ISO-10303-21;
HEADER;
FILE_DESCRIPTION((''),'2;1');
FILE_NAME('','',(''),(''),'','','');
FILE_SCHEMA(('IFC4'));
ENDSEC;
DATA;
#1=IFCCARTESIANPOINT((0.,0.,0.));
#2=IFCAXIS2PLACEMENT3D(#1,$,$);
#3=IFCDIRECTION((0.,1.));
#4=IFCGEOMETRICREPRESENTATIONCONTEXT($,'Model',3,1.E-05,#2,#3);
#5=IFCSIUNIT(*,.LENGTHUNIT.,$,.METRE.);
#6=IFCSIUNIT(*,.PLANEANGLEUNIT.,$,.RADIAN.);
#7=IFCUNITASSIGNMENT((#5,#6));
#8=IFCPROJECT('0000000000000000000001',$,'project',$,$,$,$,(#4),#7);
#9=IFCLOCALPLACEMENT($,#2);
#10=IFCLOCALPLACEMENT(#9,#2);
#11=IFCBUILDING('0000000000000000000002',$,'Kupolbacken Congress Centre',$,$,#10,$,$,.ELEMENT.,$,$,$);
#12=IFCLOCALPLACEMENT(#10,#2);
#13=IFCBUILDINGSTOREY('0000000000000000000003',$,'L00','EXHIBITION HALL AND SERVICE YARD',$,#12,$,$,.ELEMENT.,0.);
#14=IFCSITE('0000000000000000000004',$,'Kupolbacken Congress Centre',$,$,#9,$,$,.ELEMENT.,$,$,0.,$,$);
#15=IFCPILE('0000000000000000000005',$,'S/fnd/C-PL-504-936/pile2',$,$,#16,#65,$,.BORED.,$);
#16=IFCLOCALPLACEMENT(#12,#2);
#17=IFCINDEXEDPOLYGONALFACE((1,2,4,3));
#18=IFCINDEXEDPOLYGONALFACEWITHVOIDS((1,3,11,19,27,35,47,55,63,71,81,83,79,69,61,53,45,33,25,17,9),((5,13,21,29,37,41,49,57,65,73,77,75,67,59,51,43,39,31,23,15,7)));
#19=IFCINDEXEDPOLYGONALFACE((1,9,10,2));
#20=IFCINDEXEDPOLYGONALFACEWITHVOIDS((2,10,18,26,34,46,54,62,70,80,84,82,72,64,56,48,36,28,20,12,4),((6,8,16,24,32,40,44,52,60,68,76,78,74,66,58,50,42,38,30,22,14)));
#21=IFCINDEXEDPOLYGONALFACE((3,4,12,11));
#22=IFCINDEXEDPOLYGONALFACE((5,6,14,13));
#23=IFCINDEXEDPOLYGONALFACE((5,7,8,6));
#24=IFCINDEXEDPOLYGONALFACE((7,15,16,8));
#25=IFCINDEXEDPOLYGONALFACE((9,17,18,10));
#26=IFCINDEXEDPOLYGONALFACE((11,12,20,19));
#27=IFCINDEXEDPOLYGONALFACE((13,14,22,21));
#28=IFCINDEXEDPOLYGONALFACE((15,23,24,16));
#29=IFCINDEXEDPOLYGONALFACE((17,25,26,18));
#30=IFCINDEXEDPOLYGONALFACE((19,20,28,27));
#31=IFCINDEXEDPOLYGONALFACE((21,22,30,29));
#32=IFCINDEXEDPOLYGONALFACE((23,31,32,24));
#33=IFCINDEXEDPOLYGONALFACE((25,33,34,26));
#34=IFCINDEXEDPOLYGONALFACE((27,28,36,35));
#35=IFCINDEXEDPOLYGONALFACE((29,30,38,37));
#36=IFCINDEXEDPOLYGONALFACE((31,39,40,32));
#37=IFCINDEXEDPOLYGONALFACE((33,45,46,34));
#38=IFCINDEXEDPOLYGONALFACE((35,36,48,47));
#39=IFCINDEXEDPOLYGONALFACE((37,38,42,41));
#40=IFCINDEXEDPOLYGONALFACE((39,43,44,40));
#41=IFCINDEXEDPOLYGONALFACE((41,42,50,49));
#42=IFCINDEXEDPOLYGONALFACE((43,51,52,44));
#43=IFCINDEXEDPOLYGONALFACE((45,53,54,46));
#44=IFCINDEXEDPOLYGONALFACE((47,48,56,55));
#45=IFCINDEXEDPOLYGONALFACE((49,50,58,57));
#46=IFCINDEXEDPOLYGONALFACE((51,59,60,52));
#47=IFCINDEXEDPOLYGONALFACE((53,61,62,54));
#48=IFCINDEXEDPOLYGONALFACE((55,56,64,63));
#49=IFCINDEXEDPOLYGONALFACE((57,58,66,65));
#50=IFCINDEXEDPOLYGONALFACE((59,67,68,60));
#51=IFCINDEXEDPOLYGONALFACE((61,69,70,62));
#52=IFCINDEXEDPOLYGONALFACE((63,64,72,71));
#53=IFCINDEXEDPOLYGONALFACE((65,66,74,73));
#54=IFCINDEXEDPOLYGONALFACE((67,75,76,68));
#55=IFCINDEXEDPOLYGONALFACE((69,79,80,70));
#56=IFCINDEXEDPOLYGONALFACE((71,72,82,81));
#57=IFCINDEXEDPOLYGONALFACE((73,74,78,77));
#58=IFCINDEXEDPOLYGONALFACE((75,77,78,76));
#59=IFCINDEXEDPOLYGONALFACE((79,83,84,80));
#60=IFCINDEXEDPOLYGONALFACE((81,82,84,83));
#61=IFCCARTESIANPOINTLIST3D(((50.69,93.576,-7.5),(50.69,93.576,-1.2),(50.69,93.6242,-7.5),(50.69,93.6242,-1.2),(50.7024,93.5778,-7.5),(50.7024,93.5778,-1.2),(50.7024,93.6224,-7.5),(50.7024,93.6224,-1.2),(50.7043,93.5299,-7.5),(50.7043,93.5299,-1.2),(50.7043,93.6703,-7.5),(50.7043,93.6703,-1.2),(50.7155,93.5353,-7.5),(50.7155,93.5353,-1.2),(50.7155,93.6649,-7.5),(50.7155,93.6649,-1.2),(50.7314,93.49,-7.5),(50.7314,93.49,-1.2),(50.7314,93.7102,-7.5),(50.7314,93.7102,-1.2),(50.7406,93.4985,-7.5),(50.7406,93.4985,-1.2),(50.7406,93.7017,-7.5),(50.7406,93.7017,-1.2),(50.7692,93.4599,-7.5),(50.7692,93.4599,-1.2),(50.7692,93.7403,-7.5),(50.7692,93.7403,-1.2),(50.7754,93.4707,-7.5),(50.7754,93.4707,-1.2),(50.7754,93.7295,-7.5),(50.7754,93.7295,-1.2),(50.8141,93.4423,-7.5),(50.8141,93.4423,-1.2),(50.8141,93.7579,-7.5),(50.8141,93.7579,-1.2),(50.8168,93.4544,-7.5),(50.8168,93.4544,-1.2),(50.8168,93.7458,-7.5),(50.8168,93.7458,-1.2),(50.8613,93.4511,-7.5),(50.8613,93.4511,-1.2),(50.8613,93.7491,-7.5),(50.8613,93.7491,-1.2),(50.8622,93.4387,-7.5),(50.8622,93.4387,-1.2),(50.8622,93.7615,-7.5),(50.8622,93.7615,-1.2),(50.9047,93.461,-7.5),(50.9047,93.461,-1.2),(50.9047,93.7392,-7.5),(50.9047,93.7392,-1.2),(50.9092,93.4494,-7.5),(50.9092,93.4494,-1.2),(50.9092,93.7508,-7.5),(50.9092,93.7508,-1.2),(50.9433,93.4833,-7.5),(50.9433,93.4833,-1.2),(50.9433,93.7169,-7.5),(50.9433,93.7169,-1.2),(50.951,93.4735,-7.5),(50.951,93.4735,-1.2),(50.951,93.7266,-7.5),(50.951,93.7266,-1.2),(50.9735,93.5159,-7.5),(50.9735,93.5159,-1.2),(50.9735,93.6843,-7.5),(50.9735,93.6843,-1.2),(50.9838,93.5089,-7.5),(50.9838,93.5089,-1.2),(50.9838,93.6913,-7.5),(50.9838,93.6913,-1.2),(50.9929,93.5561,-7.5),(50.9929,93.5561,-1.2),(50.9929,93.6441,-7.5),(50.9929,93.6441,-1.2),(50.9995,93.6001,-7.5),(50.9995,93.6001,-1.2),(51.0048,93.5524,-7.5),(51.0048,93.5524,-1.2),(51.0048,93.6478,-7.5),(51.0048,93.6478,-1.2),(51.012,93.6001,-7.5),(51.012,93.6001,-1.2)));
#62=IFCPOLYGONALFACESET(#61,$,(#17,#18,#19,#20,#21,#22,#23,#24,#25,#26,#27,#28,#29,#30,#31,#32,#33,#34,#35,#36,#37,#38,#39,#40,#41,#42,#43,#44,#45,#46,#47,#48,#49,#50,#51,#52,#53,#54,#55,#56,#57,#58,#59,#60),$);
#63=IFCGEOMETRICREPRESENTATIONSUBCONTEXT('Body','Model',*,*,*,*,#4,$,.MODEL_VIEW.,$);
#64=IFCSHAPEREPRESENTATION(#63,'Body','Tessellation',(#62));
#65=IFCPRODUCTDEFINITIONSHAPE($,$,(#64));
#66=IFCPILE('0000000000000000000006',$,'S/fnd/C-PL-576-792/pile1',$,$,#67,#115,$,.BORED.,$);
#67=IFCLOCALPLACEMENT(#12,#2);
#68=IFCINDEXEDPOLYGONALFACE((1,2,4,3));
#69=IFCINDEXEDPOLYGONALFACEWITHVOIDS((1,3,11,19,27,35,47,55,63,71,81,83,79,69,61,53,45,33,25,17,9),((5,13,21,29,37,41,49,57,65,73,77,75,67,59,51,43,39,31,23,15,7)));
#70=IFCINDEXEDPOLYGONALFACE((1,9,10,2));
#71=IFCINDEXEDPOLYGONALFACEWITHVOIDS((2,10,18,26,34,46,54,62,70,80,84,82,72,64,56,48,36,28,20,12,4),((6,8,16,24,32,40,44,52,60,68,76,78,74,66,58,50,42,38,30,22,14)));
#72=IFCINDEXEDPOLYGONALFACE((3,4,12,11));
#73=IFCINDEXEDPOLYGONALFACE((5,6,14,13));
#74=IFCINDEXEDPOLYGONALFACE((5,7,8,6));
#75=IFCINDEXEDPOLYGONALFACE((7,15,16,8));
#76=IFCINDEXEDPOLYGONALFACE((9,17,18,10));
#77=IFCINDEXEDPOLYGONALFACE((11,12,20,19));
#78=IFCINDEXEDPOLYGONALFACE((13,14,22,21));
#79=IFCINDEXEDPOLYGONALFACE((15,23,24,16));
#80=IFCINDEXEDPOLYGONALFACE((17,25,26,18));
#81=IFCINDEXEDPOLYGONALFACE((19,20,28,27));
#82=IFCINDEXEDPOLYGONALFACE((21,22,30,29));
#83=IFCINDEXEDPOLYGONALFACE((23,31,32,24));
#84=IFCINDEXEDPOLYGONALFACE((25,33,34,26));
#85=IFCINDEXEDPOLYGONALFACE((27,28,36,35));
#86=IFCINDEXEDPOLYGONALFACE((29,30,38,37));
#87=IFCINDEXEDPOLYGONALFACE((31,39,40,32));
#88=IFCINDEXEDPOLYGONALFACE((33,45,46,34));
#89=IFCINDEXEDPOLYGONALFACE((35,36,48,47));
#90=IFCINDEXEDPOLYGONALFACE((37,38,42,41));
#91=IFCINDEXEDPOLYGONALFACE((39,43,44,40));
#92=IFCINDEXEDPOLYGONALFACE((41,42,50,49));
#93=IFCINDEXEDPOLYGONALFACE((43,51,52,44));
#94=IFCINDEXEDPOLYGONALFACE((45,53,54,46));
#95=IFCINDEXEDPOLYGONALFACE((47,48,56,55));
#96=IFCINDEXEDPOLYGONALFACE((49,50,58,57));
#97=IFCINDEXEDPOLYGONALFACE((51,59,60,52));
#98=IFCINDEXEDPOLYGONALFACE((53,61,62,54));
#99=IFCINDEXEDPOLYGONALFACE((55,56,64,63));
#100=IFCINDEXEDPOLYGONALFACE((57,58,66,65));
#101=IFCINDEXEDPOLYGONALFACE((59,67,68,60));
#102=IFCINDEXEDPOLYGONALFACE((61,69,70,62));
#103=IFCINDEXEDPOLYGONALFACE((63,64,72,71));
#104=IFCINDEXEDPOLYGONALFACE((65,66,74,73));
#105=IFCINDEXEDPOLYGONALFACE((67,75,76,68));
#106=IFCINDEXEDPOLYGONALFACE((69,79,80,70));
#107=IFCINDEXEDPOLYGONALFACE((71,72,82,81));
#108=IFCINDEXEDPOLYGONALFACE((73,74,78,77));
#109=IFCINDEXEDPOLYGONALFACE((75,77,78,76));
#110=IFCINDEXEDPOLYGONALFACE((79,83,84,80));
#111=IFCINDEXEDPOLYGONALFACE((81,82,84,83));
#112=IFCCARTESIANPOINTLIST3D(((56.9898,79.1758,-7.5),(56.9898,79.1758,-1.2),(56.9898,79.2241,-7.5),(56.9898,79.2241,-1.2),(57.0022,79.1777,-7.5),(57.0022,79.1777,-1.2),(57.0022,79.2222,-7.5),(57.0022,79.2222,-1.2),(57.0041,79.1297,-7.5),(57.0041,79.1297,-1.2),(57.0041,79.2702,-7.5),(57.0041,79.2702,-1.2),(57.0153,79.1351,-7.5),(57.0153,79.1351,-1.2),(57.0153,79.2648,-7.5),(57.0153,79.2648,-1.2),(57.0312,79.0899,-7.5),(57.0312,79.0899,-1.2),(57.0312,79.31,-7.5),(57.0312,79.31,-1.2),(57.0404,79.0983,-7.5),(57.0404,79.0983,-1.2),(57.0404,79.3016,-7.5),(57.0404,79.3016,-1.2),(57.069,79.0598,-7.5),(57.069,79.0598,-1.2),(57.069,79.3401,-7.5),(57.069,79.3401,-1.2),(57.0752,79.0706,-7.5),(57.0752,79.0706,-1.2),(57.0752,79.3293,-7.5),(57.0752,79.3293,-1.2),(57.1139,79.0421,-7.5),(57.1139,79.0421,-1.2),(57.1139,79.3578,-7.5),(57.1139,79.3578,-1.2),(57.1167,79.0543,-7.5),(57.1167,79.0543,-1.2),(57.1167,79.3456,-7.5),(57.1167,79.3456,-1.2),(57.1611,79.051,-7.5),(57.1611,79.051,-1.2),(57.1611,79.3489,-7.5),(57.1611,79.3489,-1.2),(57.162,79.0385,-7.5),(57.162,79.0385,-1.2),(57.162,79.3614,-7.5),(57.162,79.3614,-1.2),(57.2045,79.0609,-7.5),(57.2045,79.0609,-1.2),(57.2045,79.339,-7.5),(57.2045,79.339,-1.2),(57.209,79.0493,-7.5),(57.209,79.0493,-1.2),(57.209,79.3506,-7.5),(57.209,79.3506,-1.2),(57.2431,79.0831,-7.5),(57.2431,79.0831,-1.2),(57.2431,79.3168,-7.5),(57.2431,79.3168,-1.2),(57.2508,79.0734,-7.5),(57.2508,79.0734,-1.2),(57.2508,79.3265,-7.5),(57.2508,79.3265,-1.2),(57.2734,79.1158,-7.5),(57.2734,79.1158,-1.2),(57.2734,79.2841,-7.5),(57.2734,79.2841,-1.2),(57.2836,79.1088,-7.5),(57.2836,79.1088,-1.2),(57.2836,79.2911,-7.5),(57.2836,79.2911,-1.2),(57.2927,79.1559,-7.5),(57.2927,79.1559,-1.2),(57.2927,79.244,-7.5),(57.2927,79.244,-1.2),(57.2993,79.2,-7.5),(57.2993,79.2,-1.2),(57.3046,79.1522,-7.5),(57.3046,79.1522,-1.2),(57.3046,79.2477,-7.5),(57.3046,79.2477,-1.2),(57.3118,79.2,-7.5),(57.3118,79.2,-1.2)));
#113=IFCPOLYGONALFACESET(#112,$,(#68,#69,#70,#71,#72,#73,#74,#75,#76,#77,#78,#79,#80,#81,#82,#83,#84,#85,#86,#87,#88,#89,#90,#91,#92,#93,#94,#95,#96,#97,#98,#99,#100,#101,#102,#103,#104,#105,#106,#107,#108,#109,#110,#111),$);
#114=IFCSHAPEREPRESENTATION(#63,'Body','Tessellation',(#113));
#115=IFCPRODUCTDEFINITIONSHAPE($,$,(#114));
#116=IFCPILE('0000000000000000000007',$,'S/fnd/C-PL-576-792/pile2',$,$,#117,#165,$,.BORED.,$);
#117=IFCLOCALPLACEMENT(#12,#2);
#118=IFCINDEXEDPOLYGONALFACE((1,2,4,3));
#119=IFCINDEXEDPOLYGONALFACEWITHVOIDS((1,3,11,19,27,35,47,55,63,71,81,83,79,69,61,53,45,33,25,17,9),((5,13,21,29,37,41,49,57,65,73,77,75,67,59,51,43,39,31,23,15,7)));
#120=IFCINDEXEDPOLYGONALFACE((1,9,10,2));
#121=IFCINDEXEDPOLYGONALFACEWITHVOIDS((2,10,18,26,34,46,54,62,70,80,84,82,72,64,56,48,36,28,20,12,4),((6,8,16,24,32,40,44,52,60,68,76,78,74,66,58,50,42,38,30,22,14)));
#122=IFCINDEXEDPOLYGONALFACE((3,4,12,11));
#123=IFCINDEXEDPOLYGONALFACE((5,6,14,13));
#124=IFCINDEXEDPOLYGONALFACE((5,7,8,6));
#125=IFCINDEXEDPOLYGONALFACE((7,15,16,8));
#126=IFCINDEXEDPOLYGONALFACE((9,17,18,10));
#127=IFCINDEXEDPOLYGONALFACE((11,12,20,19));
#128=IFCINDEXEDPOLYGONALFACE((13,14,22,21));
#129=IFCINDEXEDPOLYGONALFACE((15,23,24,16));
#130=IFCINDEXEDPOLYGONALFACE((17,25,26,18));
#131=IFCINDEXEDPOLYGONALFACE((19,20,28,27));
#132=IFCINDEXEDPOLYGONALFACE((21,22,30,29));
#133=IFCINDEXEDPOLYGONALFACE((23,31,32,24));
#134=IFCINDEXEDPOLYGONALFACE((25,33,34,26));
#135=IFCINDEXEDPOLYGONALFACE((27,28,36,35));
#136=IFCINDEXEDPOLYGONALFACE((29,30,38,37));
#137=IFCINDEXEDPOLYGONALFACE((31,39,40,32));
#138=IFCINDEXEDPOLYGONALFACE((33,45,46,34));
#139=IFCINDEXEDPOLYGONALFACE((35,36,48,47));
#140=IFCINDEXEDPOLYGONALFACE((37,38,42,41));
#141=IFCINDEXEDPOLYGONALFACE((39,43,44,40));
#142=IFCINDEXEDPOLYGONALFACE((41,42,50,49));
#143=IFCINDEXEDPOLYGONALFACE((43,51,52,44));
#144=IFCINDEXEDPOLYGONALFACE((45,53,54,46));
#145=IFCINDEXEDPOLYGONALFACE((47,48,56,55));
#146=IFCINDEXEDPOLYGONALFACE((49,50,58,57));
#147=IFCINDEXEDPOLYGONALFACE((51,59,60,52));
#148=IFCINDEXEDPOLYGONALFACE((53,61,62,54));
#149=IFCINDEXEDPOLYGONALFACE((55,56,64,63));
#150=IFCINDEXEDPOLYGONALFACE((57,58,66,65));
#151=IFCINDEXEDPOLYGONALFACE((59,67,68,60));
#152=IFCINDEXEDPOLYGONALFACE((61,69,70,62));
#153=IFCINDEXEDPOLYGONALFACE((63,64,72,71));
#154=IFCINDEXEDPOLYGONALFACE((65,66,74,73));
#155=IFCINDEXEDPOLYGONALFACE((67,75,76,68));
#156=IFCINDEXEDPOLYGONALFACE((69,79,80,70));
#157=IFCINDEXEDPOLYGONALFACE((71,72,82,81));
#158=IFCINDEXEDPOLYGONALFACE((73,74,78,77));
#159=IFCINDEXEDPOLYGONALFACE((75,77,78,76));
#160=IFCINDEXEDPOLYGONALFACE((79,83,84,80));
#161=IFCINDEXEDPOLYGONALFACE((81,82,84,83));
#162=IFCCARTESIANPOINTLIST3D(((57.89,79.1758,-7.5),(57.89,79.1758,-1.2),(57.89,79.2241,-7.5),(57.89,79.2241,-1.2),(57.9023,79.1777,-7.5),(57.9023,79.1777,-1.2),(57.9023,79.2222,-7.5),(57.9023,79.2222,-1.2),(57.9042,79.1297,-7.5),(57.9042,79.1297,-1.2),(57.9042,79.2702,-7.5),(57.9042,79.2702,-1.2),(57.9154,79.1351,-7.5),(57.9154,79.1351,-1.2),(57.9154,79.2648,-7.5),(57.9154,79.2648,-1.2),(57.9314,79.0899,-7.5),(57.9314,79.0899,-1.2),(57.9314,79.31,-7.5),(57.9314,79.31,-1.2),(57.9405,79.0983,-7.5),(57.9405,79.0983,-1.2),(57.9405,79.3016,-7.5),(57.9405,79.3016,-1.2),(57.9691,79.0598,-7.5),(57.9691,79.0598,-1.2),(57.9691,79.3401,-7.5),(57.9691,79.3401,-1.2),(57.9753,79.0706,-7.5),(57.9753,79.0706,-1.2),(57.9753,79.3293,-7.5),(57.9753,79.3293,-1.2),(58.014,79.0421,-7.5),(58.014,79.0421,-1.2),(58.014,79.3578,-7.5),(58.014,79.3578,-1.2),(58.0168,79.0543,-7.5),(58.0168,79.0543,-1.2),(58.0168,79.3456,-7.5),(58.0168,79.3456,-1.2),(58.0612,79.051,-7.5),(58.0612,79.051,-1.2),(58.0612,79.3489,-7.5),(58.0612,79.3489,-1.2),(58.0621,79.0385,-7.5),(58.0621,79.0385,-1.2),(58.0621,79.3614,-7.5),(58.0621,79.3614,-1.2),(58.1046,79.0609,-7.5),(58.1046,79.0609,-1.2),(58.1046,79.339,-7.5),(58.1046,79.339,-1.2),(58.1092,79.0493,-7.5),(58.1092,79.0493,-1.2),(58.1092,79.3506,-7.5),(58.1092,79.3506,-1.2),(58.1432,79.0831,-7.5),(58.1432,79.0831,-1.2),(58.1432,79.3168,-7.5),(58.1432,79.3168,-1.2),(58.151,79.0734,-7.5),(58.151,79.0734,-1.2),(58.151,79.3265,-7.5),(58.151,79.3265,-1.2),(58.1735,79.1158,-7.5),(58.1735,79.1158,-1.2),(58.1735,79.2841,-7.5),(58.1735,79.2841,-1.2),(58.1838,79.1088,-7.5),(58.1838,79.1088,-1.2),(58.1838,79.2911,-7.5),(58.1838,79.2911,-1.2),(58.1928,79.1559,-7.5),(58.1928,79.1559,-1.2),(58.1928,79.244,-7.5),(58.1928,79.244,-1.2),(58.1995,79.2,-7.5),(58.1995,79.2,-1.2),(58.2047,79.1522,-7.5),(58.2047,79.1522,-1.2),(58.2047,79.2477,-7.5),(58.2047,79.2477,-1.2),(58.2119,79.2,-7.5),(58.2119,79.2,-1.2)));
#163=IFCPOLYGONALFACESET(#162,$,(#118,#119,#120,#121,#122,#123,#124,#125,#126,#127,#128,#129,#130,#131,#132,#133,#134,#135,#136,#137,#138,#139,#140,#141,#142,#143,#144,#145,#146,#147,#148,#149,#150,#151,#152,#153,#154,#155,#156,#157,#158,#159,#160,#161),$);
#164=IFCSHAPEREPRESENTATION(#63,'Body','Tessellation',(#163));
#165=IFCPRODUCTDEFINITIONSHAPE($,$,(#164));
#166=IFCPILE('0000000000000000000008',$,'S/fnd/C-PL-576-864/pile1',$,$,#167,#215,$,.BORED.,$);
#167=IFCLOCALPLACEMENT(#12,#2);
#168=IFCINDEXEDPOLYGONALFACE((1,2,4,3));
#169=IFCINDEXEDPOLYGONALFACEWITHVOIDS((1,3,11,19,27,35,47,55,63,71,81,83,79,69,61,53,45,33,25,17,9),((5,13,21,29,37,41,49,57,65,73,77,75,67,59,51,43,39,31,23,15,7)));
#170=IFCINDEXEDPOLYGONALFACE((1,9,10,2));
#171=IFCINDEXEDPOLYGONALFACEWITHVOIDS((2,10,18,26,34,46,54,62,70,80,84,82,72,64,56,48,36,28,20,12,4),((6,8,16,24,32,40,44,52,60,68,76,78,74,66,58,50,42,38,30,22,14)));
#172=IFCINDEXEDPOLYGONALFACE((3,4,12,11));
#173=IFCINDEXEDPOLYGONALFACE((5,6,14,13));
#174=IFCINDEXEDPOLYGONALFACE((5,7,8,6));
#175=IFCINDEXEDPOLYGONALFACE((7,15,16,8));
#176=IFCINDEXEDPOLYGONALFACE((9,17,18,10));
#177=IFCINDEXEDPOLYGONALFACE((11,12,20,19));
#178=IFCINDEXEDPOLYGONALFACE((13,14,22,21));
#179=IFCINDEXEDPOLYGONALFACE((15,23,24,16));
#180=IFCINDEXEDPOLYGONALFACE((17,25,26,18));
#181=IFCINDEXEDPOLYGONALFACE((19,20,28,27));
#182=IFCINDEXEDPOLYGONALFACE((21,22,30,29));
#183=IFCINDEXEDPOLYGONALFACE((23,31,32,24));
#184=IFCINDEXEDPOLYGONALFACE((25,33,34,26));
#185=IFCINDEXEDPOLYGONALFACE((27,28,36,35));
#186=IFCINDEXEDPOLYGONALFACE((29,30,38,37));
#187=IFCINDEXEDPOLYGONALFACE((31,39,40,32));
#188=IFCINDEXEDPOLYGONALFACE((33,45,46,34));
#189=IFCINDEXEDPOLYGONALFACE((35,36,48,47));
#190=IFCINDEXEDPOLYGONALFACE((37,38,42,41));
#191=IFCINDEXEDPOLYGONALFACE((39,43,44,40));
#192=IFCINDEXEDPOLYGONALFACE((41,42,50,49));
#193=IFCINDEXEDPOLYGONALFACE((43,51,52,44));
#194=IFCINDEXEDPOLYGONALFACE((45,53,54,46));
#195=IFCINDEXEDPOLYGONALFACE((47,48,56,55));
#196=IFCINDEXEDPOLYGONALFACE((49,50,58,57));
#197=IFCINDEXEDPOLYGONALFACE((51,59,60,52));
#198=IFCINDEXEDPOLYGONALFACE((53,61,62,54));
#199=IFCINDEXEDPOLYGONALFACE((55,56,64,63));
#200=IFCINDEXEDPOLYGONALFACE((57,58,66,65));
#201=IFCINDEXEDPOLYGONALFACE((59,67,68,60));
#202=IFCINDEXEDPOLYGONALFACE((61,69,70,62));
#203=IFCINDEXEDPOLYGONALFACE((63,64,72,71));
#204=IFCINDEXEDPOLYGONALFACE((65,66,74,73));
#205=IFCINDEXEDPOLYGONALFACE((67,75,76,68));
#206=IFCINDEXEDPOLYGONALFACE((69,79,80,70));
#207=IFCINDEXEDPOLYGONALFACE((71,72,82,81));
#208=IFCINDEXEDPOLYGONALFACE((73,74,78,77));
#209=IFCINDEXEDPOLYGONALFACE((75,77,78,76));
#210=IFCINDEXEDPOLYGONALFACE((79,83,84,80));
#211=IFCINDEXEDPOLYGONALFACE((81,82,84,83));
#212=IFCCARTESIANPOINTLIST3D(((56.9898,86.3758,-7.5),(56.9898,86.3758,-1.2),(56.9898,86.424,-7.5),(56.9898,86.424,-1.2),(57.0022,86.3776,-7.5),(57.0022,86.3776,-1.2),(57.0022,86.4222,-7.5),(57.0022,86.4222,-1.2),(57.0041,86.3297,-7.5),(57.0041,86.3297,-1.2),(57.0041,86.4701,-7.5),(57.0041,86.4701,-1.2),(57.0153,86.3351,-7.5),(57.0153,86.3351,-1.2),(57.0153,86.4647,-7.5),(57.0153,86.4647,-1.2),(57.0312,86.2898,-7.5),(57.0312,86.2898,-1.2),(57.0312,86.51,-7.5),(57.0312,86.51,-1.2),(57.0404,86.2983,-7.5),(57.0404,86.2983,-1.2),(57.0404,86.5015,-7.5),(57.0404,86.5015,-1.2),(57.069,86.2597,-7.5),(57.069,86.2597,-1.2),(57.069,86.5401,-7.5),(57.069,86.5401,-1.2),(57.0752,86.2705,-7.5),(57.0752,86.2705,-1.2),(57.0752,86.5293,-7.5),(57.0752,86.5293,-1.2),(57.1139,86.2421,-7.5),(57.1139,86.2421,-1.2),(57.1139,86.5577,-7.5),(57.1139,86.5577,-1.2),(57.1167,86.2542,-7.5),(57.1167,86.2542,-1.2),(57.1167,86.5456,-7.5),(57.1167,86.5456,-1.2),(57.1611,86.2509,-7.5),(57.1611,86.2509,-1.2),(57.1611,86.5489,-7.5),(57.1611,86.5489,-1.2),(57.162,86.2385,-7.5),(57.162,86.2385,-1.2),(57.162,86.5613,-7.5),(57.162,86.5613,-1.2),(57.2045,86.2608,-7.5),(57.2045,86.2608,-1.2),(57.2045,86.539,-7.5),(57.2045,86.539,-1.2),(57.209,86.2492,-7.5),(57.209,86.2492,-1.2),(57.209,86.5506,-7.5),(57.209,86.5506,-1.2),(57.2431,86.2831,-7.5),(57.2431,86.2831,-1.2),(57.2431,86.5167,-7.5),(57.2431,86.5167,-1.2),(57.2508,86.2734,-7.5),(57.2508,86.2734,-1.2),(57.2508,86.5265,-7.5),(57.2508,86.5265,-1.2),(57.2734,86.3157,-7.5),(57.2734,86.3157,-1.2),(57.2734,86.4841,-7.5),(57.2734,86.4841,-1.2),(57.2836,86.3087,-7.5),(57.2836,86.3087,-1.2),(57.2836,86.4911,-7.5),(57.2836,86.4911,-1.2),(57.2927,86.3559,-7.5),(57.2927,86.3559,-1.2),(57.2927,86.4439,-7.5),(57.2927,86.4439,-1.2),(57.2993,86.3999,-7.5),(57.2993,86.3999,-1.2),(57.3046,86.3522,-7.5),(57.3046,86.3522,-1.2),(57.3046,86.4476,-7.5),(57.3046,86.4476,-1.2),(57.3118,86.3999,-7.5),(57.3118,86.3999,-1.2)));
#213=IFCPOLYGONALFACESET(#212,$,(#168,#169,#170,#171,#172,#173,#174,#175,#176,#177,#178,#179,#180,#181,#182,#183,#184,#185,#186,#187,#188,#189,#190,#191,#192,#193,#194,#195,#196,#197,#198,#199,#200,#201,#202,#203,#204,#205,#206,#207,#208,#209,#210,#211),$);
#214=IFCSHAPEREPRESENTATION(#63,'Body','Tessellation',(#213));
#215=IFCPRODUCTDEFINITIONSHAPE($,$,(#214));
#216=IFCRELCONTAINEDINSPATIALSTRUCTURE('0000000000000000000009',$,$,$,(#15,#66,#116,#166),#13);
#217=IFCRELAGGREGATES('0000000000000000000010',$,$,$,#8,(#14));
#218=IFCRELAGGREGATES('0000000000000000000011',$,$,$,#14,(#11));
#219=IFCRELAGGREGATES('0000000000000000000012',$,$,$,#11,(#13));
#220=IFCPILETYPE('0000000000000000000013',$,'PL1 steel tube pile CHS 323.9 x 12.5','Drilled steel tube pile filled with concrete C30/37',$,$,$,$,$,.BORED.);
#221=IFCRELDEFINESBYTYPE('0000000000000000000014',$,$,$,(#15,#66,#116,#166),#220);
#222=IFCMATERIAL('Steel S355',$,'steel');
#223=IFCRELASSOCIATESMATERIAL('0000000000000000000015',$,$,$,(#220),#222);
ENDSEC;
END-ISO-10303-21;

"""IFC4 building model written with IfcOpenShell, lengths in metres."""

from ifc_helpers import new_model, si_unit, direction, frame, origin, origin_2d, place, context, subcontext, project, spatial, hollow_circle, extrude, material, material_profile, profile_set, type_object, element, save


model = new_model("IFC4")

# Units and contexts
model_context = context("Model", 3, precision=1e-05, world=origin(), true_north=direction((0.0, 1.0)))
body_context = subcontext(model_context, "Body", "Model", "MODEL_VIEW")
ifc_project = project(units=[si_unit("LENGTHUNIT", "METRE"), si_unit("PLANEANGLEUNIT", "RADIAN")], contexts=[model_context])

# Site, building, storey
site_placement = place(None, origin())
site = spatial("IfcSite", under=ifc_project, at=site_placement, Name="Kupolbacken Congress Centre", CompositionType="ELEMENT", RefElevation=0.0)
building_placement = place(site_placement, origin())
building = spatial("IfcBuilding", under=site, at=building_placement, Name="Kupolbacken Congress Centre", CompositionType="ELEMENT")
storey_placement = place(building_placement, origin())
storey = spatial("IfcBuildingStorey", under=building, at=storey_placement, Name="L00", Description="EXHIBITION HALL AND SERVICE YARD", CompositionType="ELEMENT", Elevation=0.0)

# Piles
ifc_material_1 = material(Name="Steel S355", Category="steel")
ifc_material_profile_1 = material_profile(ifc_material_1, hollow_circle(Radius=0.1619, WallThickness=0.0125, at=origin_2d()), Name="CHS 323.9 x 12.5")
ifc_profile_set_1 = profile_set([ifc_material_profile_1], Name="Steel S355")
pile_type = type_object("IfcPileType", Name="PL1 steel tube pile CHS 323.9 x 12.5", Description="Drilled steel tube pile filled with concrete C30/37", PredefinedType="BORED", material=ifc_profile_set_1)
for number, where, z_axis, x_axis, name in (
    (1, (50.8501, 93.6001, -1.2), (0.0, 0.0, -1.0), (1.0, 0.0, 0.0), "S/fnd/C-PL-504-936/pile2"),
    (2, (57.1499, 79.2, -1.2), (0.0, 0.0, -1.0), (1.0, 0.0, 0.0), "S/fnd/C-PL-576-792/pile1"),
    (3, (58.05, 79.2, -1.2), (0.0, 0.0, -1.0), (1.0, 0.0, 0.0), "S/fnd/C-PL-576-792/pile2"),
    (4, (57.1499, 86.3999, -1.2), (0.0, 0.0, -1.0), (1.0, 0.0, 0.0), "S/fnd/C-PL-576-864/pile1"),
):
    element("IfcPile", number, at=place(storey_placement, frame(where, z_axis=z_axis, x_axis=x_axis)), inside=storey, type_object=pile_type, Name=name, PredefinedType="BORED", context=body_context, shape_type="SweptSolid", body=[
        extrude(hollow_circle(Radius=0.1619, WallThickness=0.0125, at=origin_2d()), origin(), (0.0, 0.0, 1.0), 6.3),
    ])

save(model, "model.ifc")
